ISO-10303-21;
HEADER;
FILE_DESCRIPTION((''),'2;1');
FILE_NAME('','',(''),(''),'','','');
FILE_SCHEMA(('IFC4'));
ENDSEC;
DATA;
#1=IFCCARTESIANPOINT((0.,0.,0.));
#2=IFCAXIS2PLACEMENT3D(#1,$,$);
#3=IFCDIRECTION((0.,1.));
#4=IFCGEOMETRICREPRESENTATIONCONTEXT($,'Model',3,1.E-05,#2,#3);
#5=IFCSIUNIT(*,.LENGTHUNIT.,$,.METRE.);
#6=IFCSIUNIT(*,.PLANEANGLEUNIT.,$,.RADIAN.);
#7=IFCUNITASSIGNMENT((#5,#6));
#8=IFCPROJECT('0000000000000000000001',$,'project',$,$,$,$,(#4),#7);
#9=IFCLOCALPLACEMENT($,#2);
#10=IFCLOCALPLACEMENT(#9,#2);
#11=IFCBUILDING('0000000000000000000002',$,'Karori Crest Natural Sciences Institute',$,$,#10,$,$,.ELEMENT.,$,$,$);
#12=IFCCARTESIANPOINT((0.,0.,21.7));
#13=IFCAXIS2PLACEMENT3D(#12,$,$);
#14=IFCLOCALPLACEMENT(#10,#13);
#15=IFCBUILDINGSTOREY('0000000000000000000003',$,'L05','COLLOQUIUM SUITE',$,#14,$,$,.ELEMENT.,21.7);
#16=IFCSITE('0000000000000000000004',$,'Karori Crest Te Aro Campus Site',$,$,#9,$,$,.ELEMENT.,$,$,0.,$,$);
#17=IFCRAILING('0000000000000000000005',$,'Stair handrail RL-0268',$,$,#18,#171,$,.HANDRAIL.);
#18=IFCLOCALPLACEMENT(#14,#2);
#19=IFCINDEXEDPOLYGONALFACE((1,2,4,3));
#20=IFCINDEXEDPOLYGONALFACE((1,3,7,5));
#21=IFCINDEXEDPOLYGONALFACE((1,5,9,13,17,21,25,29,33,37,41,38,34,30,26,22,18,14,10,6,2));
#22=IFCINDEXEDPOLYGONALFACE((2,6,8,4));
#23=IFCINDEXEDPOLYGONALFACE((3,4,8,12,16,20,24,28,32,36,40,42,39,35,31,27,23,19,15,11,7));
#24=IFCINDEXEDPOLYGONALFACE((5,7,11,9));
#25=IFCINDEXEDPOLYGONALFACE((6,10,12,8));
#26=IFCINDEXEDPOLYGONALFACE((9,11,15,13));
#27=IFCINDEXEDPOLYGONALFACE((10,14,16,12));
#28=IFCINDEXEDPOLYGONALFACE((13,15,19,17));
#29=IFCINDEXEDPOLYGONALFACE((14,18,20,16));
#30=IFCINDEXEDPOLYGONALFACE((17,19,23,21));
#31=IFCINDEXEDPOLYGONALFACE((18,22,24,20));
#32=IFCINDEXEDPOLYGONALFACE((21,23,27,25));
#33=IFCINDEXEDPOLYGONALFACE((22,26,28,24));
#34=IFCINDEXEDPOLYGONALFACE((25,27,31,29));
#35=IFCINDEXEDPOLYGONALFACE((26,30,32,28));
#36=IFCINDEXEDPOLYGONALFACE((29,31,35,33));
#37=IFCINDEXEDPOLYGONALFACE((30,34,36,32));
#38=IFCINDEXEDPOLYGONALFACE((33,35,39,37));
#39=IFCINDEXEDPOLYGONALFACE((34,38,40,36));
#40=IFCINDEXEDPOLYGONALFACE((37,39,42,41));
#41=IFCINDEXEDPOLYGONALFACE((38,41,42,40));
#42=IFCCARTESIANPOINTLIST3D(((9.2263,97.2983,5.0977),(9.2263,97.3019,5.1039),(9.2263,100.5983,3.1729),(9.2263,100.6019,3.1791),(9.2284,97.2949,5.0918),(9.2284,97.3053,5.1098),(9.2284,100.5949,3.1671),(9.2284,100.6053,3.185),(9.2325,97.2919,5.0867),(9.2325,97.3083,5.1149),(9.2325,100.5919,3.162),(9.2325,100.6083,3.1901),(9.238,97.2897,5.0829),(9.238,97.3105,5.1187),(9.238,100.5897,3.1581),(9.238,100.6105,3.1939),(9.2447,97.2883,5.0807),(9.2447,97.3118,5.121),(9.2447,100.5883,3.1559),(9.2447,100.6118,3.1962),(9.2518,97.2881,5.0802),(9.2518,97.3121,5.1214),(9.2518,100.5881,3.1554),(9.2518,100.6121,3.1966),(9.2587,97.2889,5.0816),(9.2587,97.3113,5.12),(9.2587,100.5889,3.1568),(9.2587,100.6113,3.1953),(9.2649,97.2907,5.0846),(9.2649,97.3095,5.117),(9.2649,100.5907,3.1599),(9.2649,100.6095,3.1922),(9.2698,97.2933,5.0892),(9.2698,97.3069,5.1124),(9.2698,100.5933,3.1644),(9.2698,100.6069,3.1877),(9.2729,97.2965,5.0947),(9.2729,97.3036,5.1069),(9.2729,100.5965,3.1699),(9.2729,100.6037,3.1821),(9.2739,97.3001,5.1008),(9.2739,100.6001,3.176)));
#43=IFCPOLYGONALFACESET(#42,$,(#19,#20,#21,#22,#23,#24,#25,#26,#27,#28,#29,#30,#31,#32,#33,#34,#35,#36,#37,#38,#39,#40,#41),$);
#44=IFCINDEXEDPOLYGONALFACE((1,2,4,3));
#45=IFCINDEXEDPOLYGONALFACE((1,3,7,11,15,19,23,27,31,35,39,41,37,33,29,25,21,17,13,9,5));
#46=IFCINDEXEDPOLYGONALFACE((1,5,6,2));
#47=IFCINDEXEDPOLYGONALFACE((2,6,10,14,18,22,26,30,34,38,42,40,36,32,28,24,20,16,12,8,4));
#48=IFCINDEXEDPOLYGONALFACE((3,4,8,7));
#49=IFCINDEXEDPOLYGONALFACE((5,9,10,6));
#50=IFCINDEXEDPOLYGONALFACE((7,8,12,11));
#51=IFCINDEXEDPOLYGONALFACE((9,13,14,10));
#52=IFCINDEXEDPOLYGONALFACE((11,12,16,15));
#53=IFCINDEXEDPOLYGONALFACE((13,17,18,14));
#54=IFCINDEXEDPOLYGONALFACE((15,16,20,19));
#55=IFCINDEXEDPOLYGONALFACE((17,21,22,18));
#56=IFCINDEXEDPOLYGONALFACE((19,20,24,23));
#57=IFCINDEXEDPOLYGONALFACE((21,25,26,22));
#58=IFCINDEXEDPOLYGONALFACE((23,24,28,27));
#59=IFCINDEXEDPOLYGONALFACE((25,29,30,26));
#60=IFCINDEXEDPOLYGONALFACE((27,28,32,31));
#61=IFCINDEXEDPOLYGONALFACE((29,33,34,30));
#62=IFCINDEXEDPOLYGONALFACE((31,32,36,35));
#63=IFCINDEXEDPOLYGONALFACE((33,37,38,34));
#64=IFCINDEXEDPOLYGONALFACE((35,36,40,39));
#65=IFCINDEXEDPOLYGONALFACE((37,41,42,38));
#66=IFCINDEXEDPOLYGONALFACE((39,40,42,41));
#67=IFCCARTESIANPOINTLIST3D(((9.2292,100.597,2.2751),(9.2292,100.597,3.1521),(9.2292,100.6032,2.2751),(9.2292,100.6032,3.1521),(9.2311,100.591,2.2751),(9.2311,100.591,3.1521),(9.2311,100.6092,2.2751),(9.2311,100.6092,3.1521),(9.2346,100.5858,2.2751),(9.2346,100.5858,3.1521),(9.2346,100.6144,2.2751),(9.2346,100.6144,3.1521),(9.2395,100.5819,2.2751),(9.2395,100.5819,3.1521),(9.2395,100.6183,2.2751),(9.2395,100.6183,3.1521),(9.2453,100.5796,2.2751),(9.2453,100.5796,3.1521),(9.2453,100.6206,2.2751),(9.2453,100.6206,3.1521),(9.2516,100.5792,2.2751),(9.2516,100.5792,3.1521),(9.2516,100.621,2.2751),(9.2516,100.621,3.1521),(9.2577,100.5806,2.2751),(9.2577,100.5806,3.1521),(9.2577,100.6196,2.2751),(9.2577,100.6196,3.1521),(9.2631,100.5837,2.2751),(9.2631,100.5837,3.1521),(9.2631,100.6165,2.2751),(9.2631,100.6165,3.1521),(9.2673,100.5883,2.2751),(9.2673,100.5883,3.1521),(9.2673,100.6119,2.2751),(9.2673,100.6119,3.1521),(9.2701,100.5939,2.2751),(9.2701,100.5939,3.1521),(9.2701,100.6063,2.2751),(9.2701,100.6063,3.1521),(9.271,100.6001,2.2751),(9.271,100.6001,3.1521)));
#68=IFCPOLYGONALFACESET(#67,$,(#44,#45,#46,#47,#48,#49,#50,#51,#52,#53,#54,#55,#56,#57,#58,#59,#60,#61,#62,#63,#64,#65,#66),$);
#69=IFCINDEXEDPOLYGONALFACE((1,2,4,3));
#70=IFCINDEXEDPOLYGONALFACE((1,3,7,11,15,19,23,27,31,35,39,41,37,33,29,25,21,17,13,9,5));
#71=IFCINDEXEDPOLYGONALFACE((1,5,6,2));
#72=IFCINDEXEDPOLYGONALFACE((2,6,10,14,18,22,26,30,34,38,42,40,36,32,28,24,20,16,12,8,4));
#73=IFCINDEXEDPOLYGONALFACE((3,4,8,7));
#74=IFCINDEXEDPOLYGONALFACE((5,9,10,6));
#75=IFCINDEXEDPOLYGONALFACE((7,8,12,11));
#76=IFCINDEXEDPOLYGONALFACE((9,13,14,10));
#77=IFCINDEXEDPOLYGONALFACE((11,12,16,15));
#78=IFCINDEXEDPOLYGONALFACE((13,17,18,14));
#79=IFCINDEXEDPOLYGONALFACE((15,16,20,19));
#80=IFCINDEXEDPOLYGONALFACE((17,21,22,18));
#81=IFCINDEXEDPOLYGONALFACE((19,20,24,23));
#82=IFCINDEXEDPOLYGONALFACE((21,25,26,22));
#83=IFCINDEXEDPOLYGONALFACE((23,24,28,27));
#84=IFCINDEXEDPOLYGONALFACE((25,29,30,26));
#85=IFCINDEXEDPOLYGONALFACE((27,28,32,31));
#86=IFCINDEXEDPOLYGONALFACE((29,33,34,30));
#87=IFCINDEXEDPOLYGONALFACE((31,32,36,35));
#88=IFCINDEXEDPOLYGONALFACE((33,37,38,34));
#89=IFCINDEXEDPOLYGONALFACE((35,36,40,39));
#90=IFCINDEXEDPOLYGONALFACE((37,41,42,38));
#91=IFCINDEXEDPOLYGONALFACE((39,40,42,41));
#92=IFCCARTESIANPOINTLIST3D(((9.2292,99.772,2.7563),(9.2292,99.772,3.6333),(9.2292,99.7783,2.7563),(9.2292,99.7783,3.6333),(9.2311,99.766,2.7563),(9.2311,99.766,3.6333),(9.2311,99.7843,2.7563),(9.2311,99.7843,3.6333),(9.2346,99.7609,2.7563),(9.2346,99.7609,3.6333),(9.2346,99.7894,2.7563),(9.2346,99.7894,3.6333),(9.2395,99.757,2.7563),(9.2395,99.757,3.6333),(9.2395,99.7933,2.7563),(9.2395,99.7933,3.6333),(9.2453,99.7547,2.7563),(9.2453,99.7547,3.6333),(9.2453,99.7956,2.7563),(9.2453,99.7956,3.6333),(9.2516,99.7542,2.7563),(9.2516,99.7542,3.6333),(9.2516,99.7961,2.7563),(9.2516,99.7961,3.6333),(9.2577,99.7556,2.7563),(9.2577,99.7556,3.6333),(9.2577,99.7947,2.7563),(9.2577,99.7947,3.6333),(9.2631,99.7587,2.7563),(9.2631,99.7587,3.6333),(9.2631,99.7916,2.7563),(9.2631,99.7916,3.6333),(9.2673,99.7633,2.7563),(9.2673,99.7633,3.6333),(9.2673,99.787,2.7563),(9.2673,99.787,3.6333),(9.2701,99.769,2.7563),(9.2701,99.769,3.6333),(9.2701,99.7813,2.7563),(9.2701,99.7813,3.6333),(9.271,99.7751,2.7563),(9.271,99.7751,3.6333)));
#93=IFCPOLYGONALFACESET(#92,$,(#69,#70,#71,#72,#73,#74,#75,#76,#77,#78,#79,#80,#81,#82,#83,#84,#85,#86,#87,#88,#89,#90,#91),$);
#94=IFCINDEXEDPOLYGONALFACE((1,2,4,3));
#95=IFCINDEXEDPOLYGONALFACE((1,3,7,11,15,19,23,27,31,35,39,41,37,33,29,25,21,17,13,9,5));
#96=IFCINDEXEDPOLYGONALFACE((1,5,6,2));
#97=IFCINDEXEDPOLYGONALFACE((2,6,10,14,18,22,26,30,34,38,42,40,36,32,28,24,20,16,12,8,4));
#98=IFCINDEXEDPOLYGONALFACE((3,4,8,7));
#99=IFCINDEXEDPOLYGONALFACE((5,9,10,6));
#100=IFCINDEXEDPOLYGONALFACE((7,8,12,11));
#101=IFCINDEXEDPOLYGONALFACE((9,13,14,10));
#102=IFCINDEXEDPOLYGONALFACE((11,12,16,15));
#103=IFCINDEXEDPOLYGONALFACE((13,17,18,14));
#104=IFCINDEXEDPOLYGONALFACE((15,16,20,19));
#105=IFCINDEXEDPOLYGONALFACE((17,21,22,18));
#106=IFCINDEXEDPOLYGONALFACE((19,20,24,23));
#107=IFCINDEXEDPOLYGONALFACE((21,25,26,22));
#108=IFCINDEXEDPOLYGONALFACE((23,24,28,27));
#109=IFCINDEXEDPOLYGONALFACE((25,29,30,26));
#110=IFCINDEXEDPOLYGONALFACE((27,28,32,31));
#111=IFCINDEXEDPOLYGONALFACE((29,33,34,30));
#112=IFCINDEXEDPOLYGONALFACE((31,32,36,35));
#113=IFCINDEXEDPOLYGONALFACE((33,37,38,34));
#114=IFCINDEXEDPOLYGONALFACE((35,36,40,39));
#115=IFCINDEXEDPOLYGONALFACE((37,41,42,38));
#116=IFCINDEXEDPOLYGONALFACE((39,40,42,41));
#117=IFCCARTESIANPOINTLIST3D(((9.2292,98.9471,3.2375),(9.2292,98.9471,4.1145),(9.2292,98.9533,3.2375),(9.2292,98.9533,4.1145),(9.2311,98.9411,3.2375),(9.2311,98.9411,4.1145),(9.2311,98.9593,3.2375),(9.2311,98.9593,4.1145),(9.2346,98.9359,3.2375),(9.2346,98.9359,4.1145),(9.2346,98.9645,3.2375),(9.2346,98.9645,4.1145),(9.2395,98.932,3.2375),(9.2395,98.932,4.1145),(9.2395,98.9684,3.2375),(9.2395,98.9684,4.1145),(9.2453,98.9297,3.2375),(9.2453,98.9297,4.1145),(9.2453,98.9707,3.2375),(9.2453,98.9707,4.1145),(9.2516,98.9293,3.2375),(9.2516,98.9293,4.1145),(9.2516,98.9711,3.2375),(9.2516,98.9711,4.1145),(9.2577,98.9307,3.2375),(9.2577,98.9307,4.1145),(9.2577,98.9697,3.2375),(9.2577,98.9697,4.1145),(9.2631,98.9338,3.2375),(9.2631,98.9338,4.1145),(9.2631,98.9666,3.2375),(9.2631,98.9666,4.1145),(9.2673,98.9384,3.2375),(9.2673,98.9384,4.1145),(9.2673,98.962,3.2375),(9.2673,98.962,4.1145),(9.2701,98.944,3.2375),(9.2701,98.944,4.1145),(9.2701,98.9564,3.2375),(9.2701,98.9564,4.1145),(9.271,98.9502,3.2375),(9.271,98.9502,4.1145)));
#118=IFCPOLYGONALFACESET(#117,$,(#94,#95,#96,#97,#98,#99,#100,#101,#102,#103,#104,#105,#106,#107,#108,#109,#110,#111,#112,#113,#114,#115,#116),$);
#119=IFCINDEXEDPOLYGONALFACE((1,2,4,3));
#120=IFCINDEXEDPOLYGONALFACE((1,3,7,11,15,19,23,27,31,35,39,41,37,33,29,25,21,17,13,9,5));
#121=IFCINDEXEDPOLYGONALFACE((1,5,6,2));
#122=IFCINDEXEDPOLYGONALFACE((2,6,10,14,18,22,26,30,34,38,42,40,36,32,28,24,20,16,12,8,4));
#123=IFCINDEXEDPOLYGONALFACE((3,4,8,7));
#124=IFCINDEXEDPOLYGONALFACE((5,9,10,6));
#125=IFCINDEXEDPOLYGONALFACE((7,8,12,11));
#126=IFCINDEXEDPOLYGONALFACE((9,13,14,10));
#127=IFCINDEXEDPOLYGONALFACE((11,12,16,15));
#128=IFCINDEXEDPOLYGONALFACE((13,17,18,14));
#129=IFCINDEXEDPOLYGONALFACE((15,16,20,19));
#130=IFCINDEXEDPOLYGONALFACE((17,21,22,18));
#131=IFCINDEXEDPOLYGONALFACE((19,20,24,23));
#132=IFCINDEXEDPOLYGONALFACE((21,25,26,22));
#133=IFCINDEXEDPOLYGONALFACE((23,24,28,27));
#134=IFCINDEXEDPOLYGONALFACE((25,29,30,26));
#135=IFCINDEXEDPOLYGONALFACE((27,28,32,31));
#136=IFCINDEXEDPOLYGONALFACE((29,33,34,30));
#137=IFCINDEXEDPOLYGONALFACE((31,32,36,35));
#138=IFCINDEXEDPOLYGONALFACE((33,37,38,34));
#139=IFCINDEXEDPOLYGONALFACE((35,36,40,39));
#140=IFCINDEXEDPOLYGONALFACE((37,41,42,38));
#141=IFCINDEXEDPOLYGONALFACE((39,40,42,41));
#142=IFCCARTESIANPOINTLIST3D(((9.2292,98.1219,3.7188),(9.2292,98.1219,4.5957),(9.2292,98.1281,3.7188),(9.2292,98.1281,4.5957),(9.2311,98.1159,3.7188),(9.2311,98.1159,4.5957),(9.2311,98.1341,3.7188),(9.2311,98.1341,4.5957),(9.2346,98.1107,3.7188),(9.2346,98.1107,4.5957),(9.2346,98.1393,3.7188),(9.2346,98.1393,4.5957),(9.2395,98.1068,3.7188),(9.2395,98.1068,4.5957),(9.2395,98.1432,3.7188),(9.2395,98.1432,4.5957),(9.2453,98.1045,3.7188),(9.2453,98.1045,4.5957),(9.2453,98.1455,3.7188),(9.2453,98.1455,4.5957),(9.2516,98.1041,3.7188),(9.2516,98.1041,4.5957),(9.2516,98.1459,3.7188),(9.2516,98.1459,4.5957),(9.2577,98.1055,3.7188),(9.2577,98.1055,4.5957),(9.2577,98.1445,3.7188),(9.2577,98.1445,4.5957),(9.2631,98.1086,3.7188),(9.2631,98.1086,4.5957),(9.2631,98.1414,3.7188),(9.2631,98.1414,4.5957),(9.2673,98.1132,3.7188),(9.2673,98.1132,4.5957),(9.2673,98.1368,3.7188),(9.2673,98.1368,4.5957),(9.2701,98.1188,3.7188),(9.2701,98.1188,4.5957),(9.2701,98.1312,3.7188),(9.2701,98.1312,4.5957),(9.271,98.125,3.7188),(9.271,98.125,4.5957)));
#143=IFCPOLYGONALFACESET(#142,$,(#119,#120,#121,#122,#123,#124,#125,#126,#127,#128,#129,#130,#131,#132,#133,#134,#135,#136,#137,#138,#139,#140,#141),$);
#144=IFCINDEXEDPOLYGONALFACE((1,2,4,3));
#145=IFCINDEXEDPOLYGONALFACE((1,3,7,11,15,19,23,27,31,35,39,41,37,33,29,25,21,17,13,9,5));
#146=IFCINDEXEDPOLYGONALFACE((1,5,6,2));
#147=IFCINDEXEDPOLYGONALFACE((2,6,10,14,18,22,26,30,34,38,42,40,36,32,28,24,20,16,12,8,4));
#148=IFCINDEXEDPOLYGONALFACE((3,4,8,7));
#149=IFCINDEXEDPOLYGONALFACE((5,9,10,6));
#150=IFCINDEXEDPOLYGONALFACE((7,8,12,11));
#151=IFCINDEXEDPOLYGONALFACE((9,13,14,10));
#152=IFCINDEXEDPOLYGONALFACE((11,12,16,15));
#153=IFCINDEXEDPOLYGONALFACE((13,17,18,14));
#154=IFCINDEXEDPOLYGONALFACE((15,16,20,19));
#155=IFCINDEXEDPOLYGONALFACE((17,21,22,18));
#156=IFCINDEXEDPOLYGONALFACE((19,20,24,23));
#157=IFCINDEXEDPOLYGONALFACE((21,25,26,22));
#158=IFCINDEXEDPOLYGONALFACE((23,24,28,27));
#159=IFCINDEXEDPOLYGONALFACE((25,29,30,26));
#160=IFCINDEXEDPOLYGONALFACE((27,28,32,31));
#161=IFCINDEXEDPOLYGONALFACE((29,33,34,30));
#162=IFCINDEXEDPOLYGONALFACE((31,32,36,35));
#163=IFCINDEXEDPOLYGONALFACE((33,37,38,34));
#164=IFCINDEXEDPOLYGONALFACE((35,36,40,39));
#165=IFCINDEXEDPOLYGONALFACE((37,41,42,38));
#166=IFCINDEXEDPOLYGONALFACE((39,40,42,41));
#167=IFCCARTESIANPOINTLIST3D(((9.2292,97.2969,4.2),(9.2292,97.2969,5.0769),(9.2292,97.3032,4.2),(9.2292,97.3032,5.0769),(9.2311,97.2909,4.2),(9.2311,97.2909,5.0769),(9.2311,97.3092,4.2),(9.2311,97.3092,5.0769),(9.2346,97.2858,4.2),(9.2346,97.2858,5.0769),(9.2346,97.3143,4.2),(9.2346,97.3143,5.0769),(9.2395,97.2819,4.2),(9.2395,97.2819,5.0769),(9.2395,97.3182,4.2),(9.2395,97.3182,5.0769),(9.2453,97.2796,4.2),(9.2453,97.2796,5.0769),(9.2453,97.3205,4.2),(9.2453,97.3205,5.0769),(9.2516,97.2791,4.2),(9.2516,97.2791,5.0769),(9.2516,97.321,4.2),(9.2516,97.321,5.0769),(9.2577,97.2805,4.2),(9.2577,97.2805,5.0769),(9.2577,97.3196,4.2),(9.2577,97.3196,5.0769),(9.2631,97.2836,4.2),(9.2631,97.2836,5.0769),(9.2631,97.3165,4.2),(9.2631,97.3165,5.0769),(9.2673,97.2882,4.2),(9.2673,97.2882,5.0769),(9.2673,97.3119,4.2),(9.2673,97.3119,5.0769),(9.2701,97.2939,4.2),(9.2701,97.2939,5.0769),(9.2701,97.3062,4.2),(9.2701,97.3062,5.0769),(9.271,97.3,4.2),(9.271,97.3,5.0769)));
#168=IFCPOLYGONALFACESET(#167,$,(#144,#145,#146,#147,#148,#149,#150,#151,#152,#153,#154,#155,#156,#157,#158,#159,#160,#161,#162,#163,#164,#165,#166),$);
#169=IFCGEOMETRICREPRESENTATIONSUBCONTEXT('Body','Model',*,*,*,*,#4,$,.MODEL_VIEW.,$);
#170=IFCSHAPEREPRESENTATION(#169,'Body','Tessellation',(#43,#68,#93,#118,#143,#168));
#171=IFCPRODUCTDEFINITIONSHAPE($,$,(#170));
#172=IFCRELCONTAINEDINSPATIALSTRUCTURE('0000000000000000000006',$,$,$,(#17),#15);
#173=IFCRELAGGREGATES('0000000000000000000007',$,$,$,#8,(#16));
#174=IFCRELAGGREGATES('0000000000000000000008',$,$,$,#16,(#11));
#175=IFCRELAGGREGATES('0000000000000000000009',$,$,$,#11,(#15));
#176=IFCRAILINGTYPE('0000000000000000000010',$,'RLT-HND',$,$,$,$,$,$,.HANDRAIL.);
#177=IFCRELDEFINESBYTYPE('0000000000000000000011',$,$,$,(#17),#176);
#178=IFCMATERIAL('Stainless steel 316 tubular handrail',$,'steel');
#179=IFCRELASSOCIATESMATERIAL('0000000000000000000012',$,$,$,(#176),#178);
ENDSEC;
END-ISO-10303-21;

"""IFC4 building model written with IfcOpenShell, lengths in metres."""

from ifc_helpers import new_model, si_unit, direction, frame, origin, origin_2d, place, context, subcontext, project, spatial, circle, extrude, material, type_object, element, save


model = new_model("IFC4")

# Units and contexts
model_context = context("Model", 3, precision=1e-05, world=origin(), true_north=direction((0.0, 1.0)))
body_context = subcontext(model_context, "Body", "Model", "MODEL_VIEW")
ifc_project = project(units=[si_unit("LENGTHUNIT", "METRE"), si_unit("PLANEANGLEUNIT", "RADIAN")], contexts=[model_context])

# Site, building, storey
site_placement = place(None, origin())
site = spatial("IfcSite", under=ifc_project, at=site_placement, Name="Karori Crest Te Aro Campus Site", CompositionType="ELEMENT", RefElevation=0.0)
building_placement = place(site_placement, origin())
building = spatial("IfcBuilding", under=site, at=building_placement, Name="Karori Crest Natural Sciences Institute", CompositionType="ELEMENT")
storey_placement = place(building_placement, frame((0.0, 0.0, 21.7)))
storey = spatial("IfcBuildingStorey", under=building, at=storey_placement, Name="L05", Description="COLLOQUIUM SUITE", CompositionType="ELEMENT", Elevation=21.7)

# Railing
ifc_material_1 = material(Name="Stainless steel 316 tubular handrail", Category="steel")
railing_type_1 = type_object("IfcRailingType", Name="RLT-HND", PredefinedType="HANDRAIL", material=ifc_material_1)
railing_1_placement = place(storey_placement, frame((9.25, 100.6001, 2.2751)))
element("IfcRailing", 1, at=railing_1_placement, inside=storey, type_object=railing_type_1, Name="Stair handrail RL-0268", PredefinedType="HANDRAIL", context=body_context, shape_type="SweptSolid", body=[
    extrude(circle(Radius=0.0239, at=origin_2d()), frame((0.0, 0.0, 0.9009), z_axis=(0.0, -0.863804, 0.503827), x_axis=(1.0, 0.0, 0.0)), (0.0, 0.0, 1.0), 3.8203),
    extrude(circle(Radius=0.021, at=origin_2d()), origin(), (0.0, 0.0, 1.0), 0.877),
    extrude(circle(Radius=0.021, at=origin_2d()), frame((0.0, -0.825, 0.4812)), (0.0, 0.0, 1.0), 0.877),
    extrude(circle(Radius=0.021, at=origin_2d()), frame((0.0, -1.6499, 0.9624)), (0.0, 0.0, 1.0), 0.877),
    extrude(circle(Radius=0.021, at=origin_2d()), frame((0.0, -2.4751, 1.4436)), (0.0, 0.0, 1.0), 0.877),
    extrude(circle(Radius=0.021, at=origin_2d()), frame((0.0, -3.3, 1.9248)), (0.0, 0.0, 1.0), 0.877),
])

save(model, "model.ifc")
